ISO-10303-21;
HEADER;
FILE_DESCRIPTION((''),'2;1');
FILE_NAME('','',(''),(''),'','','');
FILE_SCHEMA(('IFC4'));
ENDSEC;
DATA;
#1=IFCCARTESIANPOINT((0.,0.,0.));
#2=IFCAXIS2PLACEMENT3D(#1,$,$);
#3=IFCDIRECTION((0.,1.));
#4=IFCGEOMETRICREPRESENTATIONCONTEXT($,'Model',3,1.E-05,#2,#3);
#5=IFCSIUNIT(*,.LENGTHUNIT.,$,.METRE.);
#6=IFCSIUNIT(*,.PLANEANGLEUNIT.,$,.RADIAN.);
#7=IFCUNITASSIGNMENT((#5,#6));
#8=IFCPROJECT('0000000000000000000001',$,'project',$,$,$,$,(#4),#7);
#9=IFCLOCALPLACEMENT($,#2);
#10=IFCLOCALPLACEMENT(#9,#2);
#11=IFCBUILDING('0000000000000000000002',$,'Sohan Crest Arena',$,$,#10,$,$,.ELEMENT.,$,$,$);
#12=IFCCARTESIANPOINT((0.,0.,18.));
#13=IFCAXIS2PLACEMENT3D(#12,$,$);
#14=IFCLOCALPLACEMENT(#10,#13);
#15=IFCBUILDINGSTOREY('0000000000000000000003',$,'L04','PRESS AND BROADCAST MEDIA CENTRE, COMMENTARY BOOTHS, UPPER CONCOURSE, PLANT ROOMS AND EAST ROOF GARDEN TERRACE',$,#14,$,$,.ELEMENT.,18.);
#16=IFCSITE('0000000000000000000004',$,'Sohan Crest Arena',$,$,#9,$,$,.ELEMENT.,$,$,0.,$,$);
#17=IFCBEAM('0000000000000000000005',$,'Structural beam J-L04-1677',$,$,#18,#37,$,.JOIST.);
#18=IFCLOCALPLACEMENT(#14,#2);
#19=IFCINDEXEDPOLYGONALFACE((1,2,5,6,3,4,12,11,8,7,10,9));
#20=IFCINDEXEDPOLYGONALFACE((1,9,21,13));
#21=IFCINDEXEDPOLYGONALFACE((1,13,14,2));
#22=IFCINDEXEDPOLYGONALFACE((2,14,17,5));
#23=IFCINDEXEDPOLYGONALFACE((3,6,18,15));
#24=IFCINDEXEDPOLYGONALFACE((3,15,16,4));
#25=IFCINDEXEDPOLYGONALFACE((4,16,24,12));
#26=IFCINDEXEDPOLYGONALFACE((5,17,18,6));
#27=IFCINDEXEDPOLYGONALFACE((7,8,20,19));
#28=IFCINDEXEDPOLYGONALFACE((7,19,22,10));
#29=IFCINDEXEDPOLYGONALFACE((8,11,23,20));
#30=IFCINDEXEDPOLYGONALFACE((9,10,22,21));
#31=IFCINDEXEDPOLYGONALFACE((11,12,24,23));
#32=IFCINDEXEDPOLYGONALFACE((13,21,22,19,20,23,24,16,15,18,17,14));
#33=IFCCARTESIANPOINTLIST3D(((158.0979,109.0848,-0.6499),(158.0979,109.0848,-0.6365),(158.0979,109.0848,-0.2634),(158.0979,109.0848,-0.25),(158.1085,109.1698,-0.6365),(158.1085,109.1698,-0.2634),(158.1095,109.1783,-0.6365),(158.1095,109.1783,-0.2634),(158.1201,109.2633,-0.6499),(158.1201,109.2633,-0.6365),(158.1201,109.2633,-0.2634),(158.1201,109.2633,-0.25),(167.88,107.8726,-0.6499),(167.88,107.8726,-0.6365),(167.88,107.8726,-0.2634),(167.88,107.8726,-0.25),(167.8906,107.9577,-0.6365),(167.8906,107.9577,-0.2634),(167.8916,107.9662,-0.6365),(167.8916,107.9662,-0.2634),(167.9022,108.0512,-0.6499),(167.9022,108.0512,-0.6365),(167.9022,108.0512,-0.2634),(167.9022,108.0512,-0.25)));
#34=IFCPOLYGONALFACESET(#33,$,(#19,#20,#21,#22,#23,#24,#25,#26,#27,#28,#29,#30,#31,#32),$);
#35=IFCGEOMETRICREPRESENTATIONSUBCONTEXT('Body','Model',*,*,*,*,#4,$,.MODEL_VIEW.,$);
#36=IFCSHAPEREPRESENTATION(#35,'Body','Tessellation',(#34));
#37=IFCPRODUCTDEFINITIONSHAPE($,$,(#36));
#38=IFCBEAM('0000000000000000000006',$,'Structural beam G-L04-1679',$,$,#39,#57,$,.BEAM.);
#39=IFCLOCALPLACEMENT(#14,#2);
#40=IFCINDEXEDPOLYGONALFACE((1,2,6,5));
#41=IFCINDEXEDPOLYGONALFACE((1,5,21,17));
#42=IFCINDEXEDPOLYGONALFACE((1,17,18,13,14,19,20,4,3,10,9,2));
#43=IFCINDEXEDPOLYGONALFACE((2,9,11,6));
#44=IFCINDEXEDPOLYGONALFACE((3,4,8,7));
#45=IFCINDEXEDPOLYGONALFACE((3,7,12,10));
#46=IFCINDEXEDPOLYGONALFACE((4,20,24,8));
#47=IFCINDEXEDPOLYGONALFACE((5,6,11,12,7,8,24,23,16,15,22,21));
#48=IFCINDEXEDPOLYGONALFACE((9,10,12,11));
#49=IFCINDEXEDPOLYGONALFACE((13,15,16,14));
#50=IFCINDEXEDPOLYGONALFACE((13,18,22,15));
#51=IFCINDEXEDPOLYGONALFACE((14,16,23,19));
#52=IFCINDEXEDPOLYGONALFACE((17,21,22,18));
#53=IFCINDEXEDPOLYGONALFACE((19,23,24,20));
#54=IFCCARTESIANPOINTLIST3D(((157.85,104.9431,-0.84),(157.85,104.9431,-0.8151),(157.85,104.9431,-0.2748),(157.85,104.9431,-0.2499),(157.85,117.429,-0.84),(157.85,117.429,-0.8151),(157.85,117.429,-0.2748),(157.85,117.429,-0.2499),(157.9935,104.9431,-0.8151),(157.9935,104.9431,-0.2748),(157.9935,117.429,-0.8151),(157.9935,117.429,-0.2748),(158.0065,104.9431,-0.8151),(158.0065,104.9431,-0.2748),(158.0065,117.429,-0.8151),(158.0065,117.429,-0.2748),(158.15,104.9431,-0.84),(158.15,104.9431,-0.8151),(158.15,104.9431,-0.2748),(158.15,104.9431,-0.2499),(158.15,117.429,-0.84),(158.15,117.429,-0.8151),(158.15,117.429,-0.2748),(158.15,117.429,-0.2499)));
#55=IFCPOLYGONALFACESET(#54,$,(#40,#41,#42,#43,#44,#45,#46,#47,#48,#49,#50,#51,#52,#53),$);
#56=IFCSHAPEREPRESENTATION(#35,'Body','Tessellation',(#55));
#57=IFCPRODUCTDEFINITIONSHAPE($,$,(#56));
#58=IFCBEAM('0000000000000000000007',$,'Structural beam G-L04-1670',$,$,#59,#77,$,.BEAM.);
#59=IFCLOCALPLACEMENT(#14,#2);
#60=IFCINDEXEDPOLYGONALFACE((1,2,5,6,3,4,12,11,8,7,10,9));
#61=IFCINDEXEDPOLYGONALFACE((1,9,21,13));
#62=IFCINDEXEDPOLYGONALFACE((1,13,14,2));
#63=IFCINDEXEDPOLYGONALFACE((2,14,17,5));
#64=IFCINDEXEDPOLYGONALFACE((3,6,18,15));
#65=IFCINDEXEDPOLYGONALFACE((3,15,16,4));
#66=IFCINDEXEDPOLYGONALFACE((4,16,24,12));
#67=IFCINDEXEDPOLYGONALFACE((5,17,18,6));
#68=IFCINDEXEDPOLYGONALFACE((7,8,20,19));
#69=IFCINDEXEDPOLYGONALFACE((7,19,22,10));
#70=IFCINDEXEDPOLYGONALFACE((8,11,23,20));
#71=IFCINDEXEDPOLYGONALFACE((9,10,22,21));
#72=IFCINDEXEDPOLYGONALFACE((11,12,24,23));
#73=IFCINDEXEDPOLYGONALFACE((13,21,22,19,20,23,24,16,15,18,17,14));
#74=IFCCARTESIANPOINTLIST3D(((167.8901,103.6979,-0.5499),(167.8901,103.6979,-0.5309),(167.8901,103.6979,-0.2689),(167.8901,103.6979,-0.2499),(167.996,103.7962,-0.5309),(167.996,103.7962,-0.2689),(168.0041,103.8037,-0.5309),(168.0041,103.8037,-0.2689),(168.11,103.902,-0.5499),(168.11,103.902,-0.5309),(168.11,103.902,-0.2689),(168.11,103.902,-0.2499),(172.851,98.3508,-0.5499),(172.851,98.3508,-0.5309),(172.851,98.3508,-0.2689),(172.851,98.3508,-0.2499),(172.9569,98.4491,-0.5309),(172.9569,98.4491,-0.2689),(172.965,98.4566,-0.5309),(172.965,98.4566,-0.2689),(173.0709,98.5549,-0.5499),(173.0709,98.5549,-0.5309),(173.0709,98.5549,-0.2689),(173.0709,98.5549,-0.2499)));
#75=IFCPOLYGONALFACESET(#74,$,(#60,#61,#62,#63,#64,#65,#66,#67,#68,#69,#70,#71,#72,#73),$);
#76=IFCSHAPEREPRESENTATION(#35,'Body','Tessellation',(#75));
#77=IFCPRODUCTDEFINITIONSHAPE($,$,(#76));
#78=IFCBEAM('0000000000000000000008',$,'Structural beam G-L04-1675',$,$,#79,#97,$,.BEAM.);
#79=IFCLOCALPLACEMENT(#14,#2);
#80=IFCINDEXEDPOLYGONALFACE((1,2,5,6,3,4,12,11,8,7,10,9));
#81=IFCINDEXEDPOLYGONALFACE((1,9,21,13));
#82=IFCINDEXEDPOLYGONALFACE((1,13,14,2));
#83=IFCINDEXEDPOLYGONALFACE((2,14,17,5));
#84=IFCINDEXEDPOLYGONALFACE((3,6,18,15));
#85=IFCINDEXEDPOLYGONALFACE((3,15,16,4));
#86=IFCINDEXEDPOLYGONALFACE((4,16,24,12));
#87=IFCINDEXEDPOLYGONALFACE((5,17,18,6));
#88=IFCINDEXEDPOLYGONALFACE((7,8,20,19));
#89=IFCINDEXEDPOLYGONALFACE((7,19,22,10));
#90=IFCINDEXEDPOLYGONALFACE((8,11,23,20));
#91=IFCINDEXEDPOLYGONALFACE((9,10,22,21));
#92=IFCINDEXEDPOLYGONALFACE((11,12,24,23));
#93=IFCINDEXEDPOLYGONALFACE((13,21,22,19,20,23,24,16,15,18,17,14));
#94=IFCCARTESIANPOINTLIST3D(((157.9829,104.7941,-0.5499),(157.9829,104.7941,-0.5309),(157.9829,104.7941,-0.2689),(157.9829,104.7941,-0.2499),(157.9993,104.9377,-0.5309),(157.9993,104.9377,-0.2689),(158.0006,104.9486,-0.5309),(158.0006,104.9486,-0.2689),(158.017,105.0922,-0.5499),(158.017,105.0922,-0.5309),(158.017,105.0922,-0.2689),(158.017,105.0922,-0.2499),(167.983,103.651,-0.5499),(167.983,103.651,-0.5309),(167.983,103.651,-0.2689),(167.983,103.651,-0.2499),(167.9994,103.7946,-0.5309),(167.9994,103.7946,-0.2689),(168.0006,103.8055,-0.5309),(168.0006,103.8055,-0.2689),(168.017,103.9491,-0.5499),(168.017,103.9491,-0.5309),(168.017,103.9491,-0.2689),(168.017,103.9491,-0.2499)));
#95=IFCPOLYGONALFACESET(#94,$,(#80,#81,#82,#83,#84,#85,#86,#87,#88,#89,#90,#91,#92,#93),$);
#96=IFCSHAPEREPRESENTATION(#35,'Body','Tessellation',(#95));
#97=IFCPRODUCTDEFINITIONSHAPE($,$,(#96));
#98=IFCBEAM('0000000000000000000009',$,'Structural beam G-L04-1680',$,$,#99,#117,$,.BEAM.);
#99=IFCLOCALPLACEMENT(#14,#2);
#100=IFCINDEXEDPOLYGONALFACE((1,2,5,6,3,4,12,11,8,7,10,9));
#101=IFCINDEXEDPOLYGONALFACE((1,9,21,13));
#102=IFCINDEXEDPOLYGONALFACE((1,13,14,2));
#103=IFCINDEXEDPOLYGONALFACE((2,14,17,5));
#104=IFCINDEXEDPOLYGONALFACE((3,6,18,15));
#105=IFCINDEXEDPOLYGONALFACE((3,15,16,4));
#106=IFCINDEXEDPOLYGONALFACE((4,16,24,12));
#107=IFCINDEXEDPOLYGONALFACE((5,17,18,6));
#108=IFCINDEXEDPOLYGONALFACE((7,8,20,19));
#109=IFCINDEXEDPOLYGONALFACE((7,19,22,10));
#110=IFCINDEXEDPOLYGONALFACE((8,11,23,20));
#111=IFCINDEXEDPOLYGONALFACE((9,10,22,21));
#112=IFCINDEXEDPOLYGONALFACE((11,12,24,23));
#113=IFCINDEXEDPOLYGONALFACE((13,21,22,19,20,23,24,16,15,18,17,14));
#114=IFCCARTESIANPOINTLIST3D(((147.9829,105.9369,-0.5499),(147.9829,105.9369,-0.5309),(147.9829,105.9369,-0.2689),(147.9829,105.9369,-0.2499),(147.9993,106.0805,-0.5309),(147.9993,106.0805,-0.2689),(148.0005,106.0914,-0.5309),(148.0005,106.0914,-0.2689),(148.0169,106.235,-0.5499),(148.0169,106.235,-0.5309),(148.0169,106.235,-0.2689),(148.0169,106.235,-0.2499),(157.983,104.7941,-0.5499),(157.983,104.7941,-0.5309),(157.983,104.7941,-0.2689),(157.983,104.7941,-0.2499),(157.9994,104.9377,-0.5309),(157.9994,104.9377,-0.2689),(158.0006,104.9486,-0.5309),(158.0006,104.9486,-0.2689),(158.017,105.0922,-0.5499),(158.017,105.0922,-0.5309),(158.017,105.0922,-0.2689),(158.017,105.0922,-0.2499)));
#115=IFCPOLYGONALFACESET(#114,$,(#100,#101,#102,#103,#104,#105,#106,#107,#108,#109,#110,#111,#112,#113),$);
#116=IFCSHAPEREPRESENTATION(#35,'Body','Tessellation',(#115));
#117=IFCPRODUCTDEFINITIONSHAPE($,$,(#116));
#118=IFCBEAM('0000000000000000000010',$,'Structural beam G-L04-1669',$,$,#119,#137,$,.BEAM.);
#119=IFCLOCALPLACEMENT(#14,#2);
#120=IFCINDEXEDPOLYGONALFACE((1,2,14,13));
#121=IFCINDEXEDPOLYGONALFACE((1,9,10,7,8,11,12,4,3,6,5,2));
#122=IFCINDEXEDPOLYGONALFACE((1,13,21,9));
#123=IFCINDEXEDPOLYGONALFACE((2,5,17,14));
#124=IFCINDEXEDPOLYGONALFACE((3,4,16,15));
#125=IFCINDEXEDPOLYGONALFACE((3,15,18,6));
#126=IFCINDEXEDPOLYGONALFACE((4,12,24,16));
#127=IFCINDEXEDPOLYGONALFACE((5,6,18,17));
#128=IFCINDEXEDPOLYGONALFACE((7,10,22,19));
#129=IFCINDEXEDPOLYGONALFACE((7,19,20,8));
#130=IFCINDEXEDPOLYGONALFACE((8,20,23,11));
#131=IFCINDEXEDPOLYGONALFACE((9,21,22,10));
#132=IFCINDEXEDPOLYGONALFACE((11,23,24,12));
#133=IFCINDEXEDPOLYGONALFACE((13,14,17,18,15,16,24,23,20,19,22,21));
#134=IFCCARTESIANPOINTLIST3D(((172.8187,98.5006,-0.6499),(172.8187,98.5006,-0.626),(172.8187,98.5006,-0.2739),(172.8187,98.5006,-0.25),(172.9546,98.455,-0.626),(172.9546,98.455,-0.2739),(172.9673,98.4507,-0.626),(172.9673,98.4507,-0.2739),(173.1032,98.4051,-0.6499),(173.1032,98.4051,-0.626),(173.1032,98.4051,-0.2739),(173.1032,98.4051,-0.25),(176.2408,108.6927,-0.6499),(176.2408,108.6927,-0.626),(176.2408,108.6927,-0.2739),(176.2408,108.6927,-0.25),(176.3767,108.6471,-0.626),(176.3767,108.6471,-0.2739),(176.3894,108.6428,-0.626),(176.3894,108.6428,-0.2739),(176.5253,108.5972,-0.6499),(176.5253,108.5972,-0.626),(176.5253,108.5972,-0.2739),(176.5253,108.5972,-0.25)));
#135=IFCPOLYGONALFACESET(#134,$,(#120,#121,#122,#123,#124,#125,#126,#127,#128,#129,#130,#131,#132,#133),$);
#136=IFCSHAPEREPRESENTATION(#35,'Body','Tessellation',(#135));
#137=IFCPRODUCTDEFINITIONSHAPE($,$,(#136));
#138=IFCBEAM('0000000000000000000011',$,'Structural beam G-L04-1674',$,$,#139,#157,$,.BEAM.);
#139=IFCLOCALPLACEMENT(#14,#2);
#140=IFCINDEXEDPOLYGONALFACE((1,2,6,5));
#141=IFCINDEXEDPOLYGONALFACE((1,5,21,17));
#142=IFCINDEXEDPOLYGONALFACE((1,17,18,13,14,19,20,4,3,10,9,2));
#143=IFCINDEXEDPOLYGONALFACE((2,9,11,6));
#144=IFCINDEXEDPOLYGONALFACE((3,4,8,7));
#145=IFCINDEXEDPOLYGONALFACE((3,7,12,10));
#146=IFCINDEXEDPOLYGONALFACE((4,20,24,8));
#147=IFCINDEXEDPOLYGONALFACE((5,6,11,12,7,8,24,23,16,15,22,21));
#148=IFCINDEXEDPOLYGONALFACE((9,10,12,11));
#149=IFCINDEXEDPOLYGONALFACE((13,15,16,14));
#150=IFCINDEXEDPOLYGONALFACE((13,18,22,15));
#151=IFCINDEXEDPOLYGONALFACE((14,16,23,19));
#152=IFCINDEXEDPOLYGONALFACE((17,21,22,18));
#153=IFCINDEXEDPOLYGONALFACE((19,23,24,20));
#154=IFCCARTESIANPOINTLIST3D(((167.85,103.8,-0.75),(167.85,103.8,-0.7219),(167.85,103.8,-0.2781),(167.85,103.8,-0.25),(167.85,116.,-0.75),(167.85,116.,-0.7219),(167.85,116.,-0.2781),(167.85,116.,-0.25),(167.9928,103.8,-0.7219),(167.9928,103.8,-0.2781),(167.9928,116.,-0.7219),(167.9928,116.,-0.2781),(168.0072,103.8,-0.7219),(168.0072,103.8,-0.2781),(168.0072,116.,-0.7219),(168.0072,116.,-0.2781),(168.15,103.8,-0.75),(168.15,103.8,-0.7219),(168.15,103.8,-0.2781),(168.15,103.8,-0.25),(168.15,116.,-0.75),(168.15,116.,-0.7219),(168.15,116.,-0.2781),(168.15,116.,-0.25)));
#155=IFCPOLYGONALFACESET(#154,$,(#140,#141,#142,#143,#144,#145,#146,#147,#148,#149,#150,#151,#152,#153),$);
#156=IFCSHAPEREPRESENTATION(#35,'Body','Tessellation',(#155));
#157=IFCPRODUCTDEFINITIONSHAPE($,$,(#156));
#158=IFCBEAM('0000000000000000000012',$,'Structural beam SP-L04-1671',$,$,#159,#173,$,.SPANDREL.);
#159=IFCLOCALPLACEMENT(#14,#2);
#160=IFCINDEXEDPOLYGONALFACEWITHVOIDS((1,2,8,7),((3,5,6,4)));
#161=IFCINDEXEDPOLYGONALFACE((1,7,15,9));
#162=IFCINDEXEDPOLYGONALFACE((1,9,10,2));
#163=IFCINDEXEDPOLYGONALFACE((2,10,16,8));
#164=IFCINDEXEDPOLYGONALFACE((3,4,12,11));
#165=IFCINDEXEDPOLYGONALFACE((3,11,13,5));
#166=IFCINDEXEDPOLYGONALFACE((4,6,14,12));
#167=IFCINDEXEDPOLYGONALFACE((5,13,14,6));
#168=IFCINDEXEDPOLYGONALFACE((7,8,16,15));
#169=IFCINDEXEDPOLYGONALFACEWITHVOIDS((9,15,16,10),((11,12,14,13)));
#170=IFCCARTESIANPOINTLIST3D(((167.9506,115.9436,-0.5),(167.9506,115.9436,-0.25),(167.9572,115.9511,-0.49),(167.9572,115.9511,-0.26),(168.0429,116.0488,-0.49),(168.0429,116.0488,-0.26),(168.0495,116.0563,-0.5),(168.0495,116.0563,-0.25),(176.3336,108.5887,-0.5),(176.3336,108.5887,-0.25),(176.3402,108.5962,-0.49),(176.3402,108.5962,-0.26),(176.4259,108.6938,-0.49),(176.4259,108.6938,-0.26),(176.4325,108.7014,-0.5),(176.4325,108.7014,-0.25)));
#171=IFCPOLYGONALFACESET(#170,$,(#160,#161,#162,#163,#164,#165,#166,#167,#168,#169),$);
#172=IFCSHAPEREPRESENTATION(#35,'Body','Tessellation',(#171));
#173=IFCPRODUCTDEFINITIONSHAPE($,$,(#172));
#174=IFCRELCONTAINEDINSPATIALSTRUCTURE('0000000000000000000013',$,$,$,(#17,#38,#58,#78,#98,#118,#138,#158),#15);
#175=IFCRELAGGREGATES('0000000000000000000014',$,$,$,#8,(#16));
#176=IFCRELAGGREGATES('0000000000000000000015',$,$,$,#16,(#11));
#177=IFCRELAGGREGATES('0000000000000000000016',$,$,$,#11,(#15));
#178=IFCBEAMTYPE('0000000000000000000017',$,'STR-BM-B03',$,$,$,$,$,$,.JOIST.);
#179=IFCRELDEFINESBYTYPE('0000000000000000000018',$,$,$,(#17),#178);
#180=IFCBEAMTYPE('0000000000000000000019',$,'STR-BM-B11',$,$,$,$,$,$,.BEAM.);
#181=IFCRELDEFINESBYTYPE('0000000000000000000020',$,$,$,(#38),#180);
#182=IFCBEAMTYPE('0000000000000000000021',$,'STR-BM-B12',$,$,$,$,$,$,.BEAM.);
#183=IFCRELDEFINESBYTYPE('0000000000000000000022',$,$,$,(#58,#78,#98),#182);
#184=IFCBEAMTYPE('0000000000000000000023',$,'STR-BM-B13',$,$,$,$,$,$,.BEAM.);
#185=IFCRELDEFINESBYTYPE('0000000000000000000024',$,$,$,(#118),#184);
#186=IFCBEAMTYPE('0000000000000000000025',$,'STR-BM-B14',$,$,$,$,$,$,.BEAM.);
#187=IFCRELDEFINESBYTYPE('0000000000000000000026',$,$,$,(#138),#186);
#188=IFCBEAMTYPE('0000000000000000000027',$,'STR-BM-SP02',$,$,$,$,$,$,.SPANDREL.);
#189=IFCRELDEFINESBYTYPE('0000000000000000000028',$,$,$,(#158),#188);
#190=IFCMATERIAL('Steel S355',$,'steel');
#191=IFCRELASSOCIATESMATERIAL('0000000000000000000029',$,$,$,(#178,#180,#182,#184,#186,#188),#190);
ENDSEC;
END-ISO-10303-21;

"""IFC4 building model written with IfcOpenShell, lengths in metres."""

from ifc_helpers import new_model, si_unit, direction, frame, origin, origin_2d, place, context, subcontext, project, spatial, hollow_rectangle, i_section, extrude, material, material_profile, profile_set, type_object, element, save


model = new_model("IFC4")

# Units and contexts
model_context = context("Model", 3, precision=1e-05, world=origin(), true_north=direction((0.0, 1.0)))
body_context = subcontext(model_context, "Body", "Model", "MODEL_VIEW")
ifc_project = project(units=[si_unit("LENGTHUNIT", "METRE"), si_unit("PLANEANGLEUNIT", "RADIAN")], contexts=[model_context])

# Site, building, storey
site_placement = place(None, origin())
site = spatial("IfcSite", under=ifc_project, at=site_placement, Name="Sohan Crest Arena", CompositionType="ELEMENT", RefElevation=0.0)
building_placement = place(site_placement, origin())
building = spatial("IfcBuilding", under=site, at=building_placement, Name="Sohan Crest Arena", CompositionType="ELEMENT")
storey_placement = place(building_placement, frame((0.0, 0.0, 18.0)))
storey = spatial("IfcBuildingStorey", under=building, at=storey_placement, Name="L04", Description="PRESS AND BROADCAST MEDIA CENTRE, COMMENTARY BOOTHS, UPPER CONCOURSE, PLANT ROOMS AND EAST ROOF GARDEN TERRACE", CompositionType="ELEMENT", Elevation=18.0)

# Shared definitions
ifc_material_1 = material(Name="Steel S355", Category="steel")

# Beams
ifc_material_profile_1 = material_profile(ifc_material_1, i_section(OverallWidth=0.1799, OverallDepth=0.3999, WebThickness=0.0085, FlangeThickness=0.0134, at=origin_2d()), Name="IPE 400")
ifc_profile_set_1 = profile_set([ifc_material_profile_1], Name="Steel S355")
beam_type_1 = type_object("IfcBeamType", Name="STR-BM-B03", PredefinedType="JOIST", material=ifc_profile_set_1)
beam_1_placement = place(storey_placement, frame((167.8911, 107.9619, -0.45), z_axis=(-0.99241, 0.122974, 0.0), x_axis=(-0.122974, -0.99241, 0.0)))
element("IfcBeam", 1, at=beam_1_placement, inside=storey, type_object=beam_type_1, Name="Structural beam J-L04-1677", PredefinedType="JOIST", context=body_context, shape_type="SweptSolid", body=[
    extrude(i_section(OverallWidth=0.1799, OverallDepth=0.3999, WebThickness=0.0085, FlangeThickness=0.0134, at=origin_2d()), origin(), (0.0, 0.0, 1.0), 9.8569),
])
ifc_material_profile_2 = material_profile(ifc_material_1, i_section(OverallWidth=0.3, OverallDepth=0.5901, WebThickness=0.0129, FlangeThickness=0.0249, at=origin_2d()), Name="HEA 600")
ifc_profile_set_2 = profile_set([ifc_material_profile_2], Name="Steel S355")
beam_type_2 = type_object("IfcBeamType", Name="STR-BM-B11", PredefinedType="BEAM", material=ifc_profile_set_2)
beam_2_placement = place(storey_placement, frame((158.0, 104.9431, -0.5449), z_axis=(0.0, 1.0, 0.0), x_axis=(-1.0, 0.0, 0.0)))
element("IfcBeam", 2, at=beam_2_placement, inside=storey, type_object=beam_type_2, Name="Structural beam G-L04-1679", PredefinedType="BEAM", context=body_context, shape_type="SweptSolid", body=[
    extrude(i_section(OverallWidth=0.3, OverallDepth=0.5901, WebThickness=0.0129, FlangeThickness=0.0249, at=origin_2d()), origin(), (0.0, 0.0, 1.0), 12.4858),
])
ifc_material_profile_3 = material_profile(ifc_material_1, i_section(OverallWidth=0.3, OverallDepth=0.3, WebThickness=0.011, FlangeThickness=0.019, at=origin_2d()), Name="HEB 300")
ifc_profile_set_3 = profile_set([ifc_material_profile_3], Name="Steel S355")
beam_type_3 = type_object("IfcBeamType", Name="STR-BM-B12", PredefinedType="BEAM", material=ifc_profile_set_3)
beam_3_placement = place(storey_placement, frame((172.9609, 98.4529, -0.3999), z_axis=(-0.680135, 0.733087, 0.0), x_axis=(-0.733087, -0.680135, 0.0)))
element("IfcBeam", 3, at=beam_3_placement, inside=storey, type_object=beam_type_3, Name="Structural beam G-L04-1670", PredefinedType="BEAM", context=body_context, shape_type="SweptSolid", body=[
    extrude(i_section(OverallWidth=0.3, OverallDepth=0.3, WebThickness=0.011, FlangeThickness=0.019, at=origin_2d()), origin(), (0.0, 0.0, 1.0), 7.2939),
])
for number, where, z_axis, x_axis, name in (
    (4, (168.0, 103.8, -0.3999), (-0.99353, 0.113567, 0.0), (-0.113567, -0.99353, 0.0), "Structural beam G-L04-1675"),
    (5, (158.0, 104.9431, -0.3999), (-0.993533, 0.113543, 0.0), (-0.113543, -0.993533, 0.0), "Structural beam G-L04-1680"),
):
    element("IfcBeam", number, at=place(storey_placement, frame(where, z_axis=z_axis, x_axis=x_axis)), inside=storey, type_object=beam_type_3, Name=name, PredefinedType="BEAM", context=body_context, shape_type="SweptSolid", body=[
        extrude(i_section(OverallWidth=0.3, OverallDepth=0.3, WebThickness=0.011, FlangeThickness=0.019, at=origin_2d()), origin(), (0.0, 0.0, 1.0), 10.0652),
    ])
ifc_material_profile_4 = material_profile(ifc_material_1, i_section(OverallWidth=0.3, OverallDepth=0.3999, WebThickness=0.0134, FlangeThickness=0.0239, at=origin_2d()), Name="HEB 400")
ifc_profile_set_4 = profile_set([ifc_material_profile_4], Name="Steel S355")
beam_type_4 = type_object("IfcBeamType", Name="STR-BM-B13", PredefinedType="BEAM", material=ifc_profile_set_4)
beam_4_placement = place(storey_placement, frame((172.9609, 98.4529, -0.45), z_axis=(0.318298, 0.947991, 0.0), x_axis=(-0.947991, 0.318298, 0.0)))
element("IfcBeam", 6, at=beam_4_placement, inside=storey, type_object=beam_type_4, Name="Structural beam G-L04-1669", PredefinedType="BEAM", context=body_context, shape_type="SweptSolid", body=[
    extrude(i_section(OverallWidth=0.3, OverallDepth=0.3999, WebThickness=0.0134, FlangeThickness=0.0239, at=origin_2d()), origin(), (0.0, 0.0, 1.0), 10.7512),
])
ifc_material_profile_5 = material_profile(ifc_material_1, i_section(OverallWidth=0.3, OverallDepth=0.5, WebThickness=0.0144, FlangeThickness=0.0281, at=origin_2d()), Name="HEB 500")
ifc_profile_set_5 = profile_set([ifc_material_profile_5], Name="Steel S355")
beam_type_5 = type_object("IfcBeamType", Name="STR-BM-B14", PredefinedType="BEAM", material=ifc_profile_set_5)
beam_5_placement = place(storey_placement, frame((168.0, 103.8, -0.5), z_axis=(0.0, 1.0, 0.0), x_axis=(-1.0, 0.0, 0.0)))
element("IfcBeam", 7, at=beam_5_placement, inside=storey, type_object=beam_type_5, Name="Structural beam G-L04-1674", PredefinedType="BEAM", context=body_context, shape_type="SweptSolid", body=[
    extrude(i_section(OverallWidth=0.3, OverallDepth=0.5, WebThickness=0.0144, FlangeThickness=0.0281, at=origin_2d()), origin(), (0.0, 0.0, 1.0), 12.2),
])
ifc_material_profile_6 = material_profile(ifc_material_1, hollow_rectangle(XDim=0.1499, YDim=0.25, WallThickness=0.01, at=origin_2d()), Name="RHS 250x150x10")
ifc_profile_set_6 = profile_set([ifc_material_profile_6], Name="Steel S355")
beam_type_6 = type_object("IfcBeamType", Name="STR-BM-SP02", PredefinedType="SPANDREL", material=ifc_profile_set_6)
beam_6_placement = place(storey_placement, frame((176.3831, 108.645, -0.375), z_axis=(-0.751696, 0.65951, 0.0), x_axis=(-0.65951, -0.751696, 0.0)))
element("IfcBeam", 8, at=beam_6_placement, inside=storey, type_object=beam_type_6, Name="Structural beam SP-L04-1671", PredefinedType="SPANDREL", context=body_context, shape_type="SweptSolid", body=[
    extrude(hollow_rectangle(XDim=0.1499, YDim=0.25, WallThickness=0.01, at=origin_2d()), origin(), (0.0, 0.0, 1.0), 11.1521),
])

save(model, "model.ifc")
